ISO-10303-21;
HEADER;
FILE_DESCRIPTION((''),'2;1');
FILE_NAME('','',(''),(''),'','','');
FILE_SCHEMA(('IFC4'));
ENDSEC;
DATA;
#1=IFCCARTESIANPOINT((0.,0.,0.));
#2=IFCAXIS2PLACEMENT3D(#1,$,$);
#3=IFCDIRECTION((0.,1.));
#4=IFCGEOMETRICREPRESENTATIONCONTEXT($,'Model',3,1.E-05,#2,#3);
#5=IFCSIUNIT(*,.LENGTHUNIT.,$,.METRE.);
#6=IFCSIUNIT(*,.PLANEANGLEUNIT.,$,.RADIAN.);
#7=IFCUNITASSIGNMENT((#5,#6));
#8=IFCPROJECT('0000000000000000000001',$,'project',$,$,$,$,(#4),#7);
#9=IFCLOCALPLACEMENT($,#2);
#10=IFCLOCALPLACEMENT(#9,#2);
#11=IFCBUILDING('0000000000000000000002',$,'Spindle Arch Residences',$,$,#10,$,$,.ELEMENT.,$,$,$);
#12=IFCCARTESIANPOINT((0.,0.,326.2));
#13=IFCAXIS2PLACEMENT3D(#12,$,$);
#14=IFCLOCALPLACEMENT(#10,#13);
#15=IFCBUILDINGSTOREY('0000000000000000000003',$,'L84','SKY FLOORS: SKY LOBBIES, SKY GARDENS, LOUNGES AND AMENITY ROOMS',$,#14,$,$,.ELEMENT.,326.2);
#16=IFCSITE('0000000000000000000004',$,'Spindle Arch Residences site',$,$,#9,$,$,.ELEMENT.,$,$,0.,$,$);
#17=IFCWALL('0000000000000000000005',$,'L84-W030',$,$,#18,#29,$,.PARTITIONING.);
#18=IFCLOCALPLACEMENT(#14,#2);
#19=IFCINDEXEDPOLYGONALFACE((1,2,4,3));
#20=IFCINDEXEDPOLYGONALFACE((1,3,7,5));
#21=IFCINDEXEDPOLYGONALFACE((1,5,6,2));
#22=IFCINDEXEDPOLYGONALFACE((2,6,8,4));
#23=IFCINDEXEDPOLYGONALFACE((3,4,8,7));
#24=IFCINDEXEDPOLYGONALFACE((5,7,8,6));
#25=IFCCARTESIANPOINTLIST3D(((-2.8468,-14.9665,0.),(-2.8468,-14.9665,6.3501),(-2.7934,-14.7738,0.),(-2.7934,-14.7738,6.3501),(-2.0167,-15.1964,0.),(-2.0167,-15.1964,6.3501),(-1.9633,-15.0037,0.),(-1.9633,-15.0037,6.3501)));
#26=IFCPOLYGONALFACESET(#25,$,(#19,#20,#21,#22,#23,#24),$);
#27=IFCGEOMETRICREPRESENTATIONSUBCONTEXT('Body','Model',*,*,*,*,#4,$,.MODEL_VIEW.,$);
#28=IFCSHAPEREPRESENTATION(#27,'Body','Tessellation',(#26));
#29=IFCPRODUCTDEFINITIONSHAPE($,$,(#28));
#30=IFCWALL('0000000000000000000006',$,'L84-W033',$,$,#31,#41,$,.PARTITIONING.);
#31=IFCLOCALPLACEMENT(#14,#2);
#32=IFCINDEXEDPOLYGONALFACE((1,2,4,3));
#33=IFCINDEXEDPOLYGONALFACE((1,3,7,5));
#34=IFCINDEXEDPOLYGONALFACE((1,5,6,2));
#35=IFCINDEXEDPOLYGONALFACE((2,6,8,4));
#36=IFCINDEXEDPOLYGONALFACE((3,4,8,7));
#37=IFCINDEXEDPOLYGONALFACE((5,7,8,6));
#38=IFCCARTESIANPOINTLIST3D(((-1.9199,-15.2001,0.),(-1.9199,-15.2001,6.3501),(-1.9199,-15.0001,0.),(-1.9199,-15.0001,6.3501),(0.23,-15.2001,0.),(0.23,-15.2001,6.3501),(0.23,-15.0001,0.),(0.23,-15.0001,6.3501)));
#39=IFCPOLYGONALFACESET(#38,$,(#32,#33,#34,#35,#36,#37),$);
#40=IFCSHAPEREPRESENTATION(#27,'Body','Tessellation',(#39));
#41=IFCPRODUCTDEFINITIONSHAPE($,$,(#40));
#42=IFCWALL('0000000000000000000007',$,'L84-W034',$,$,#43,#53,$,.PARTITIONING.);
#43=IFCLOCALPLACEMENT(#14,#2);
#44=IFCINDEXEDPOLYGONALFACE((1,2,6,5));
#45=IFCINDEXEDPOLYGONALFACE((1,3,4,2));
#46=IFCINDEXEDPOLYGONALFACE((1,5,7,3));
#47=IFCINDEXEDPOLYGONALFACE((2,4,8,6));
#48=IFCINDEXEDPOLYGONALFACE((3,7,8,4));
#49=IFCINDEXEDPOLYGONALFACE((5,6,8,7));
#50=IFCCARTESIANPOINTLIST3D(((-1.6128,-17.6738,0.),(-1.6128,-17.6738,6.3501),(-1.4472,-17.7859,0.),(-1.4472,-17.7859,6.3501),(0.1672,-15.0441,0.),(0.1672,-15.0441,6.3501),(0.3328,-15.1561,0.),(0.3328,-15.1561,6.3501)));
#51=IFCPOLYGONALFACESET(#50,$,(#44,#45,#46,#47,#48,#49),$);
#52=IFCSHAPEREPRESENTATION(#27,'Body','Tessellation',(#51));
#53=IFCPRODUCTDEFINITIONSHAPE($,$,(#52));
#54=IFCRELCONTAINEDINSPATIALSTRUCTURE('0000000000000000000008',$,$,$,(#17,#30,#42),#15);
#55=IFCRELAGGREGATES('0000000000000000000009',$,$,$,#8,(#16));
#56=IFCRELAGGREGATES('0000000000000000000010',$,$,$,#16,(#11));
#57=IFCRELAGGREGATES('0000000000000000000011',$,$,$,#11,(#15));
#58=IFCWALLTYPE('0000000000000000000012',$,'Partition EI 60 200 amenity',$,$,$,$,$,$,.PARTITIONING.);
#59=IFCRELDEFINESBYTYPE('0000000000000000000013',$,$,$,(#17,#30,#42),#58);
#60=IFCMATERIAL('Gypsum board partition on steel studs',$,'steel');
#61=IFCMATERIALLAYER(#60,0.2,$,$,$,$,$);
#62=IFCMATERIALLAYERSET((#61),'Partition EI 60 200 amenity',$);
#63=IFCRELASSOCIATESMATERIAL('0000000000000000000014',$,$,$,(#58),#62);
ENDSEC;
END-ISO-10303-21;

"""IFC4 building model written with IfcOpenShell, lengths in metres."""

from ifc_helpers import new_model, si_unit, direction, frame, frame_2d, origin, place, context, subcontext, project, spatial, rectangle, extrude, material, layer, layer_set, type_object, element, save


model = new_model("IFC4")

# Units and contexts
model_context = context("Model", 3, precision=1e-05, world=origin(), true_north=direction((0.0, 1.0)))
body_context = subcontext(model_context, "Body", "Model", "MODEL_VIEW")
ifc_project = project(units=[si_unit("LENGTHUNIT", "METRE"), si_unit("PLANEANGLEUNIT", "RADIAN")], contexts=[model_context])

# Site, building, storey
site_placement = place(None, origin())
site = spatial("IfcSite", under=ifc_project, at=site_placement, Name="Spindle Arch Residences site", CompositionType="ELEMENT", RefElevation=0.0)
building_placement = place(site_placement, origin())
building = spatial("IfcBuilding", under=site, at=building_placement, Name="Spindle Arch Residences", CompositionType="ELEMENT")
storey_placement = place(building_placement, frame((0.0, 0.0, 326.2)))
storey = spatial("IfcBuildingStorey", under=building, at=storey_placement, Name="L84", Description="SKY FLOORS: SKY LOBBIES, SKY GARDENS, LOUNGES AND AMENITY ROOMS", CompositionType="ELEMENT", Elevation=326.2)

# Walls
ifc_material_1 = material(Name="Gypsum board partition on steel studs", Category="steel")
ifc_layer_1 = layer(ifc_material_1, 0.2)
ifc_layer_set_1 = layer_set([ifc_layer_1], Name="Partition EI 60 200 amenity")
wall_type = type_object("IfcWallType", Name="Partition EI 60 200 amenity", PredefinedType="PARTITIONING", material=ifc_layer_set_1)
wall_1_placement = place(storey_placement, frame((-2.8201, -14.8701, 0.0), z_axis=(0.0, 0.0, 1.0), x_axis=(0.963696, -0.267001, 0.0)))
element("IfcWall", 1, at=wall_1_placement, inside=storey, type_object=wall_type, Name="L84-W030", PredefinedType="PARTITIONING", context=body_context, shape_type="SweptSolid", body=[
    extrude(rectangle(XDim=0.8613, YDim=0.2, at=frame_2d((0.4307, 0.0))), origin(), (0.0, 0.0, 1.0), 6.3501),
])
wall_2_placement = place(storey_placement, frame((-1.9199, -15.1001, 0.0), z_axis=(0.0, 0.0, 1.0), x_axis=(1.0, 0.0, 0.0)))
element("IfcWall", 2, at=wall_2_placement, inside=storey, type_object=wall_type, Name="L84-W033", PredefinedType="PARTITIONING", context=body_context, shape_type="SweptSolid", body=[
    extrude(rectangle(XDim=2.1499, YDim=0.2, at=frame_2d((1.075, 0.0))), origin(), (0.0, 0.0, 1.0), 6.3501),
])
wall_3_placement = place(storey_placement, frame((-1.53, -17.73, 0.0), z_axis=(0.0, 0.0, 1.0), x_axis=(0.560523, 0.828139, 0.0)))
element("IfcWall", 3, at=wall_3_placement, inside=storey, type_object=wall_type, Name="L84-W034", PredefinedType="PARTITIONING", context=body_context, shape_type="SweptSolid", body=[
    extrude(rectangle(XDim=3.1755, YDim=0.2, at=frame_2d((1.5879, 0.0))), origin(), (0.0, 0.0, 1.0), 6.3501),
])

save(model, "model.ifc")
